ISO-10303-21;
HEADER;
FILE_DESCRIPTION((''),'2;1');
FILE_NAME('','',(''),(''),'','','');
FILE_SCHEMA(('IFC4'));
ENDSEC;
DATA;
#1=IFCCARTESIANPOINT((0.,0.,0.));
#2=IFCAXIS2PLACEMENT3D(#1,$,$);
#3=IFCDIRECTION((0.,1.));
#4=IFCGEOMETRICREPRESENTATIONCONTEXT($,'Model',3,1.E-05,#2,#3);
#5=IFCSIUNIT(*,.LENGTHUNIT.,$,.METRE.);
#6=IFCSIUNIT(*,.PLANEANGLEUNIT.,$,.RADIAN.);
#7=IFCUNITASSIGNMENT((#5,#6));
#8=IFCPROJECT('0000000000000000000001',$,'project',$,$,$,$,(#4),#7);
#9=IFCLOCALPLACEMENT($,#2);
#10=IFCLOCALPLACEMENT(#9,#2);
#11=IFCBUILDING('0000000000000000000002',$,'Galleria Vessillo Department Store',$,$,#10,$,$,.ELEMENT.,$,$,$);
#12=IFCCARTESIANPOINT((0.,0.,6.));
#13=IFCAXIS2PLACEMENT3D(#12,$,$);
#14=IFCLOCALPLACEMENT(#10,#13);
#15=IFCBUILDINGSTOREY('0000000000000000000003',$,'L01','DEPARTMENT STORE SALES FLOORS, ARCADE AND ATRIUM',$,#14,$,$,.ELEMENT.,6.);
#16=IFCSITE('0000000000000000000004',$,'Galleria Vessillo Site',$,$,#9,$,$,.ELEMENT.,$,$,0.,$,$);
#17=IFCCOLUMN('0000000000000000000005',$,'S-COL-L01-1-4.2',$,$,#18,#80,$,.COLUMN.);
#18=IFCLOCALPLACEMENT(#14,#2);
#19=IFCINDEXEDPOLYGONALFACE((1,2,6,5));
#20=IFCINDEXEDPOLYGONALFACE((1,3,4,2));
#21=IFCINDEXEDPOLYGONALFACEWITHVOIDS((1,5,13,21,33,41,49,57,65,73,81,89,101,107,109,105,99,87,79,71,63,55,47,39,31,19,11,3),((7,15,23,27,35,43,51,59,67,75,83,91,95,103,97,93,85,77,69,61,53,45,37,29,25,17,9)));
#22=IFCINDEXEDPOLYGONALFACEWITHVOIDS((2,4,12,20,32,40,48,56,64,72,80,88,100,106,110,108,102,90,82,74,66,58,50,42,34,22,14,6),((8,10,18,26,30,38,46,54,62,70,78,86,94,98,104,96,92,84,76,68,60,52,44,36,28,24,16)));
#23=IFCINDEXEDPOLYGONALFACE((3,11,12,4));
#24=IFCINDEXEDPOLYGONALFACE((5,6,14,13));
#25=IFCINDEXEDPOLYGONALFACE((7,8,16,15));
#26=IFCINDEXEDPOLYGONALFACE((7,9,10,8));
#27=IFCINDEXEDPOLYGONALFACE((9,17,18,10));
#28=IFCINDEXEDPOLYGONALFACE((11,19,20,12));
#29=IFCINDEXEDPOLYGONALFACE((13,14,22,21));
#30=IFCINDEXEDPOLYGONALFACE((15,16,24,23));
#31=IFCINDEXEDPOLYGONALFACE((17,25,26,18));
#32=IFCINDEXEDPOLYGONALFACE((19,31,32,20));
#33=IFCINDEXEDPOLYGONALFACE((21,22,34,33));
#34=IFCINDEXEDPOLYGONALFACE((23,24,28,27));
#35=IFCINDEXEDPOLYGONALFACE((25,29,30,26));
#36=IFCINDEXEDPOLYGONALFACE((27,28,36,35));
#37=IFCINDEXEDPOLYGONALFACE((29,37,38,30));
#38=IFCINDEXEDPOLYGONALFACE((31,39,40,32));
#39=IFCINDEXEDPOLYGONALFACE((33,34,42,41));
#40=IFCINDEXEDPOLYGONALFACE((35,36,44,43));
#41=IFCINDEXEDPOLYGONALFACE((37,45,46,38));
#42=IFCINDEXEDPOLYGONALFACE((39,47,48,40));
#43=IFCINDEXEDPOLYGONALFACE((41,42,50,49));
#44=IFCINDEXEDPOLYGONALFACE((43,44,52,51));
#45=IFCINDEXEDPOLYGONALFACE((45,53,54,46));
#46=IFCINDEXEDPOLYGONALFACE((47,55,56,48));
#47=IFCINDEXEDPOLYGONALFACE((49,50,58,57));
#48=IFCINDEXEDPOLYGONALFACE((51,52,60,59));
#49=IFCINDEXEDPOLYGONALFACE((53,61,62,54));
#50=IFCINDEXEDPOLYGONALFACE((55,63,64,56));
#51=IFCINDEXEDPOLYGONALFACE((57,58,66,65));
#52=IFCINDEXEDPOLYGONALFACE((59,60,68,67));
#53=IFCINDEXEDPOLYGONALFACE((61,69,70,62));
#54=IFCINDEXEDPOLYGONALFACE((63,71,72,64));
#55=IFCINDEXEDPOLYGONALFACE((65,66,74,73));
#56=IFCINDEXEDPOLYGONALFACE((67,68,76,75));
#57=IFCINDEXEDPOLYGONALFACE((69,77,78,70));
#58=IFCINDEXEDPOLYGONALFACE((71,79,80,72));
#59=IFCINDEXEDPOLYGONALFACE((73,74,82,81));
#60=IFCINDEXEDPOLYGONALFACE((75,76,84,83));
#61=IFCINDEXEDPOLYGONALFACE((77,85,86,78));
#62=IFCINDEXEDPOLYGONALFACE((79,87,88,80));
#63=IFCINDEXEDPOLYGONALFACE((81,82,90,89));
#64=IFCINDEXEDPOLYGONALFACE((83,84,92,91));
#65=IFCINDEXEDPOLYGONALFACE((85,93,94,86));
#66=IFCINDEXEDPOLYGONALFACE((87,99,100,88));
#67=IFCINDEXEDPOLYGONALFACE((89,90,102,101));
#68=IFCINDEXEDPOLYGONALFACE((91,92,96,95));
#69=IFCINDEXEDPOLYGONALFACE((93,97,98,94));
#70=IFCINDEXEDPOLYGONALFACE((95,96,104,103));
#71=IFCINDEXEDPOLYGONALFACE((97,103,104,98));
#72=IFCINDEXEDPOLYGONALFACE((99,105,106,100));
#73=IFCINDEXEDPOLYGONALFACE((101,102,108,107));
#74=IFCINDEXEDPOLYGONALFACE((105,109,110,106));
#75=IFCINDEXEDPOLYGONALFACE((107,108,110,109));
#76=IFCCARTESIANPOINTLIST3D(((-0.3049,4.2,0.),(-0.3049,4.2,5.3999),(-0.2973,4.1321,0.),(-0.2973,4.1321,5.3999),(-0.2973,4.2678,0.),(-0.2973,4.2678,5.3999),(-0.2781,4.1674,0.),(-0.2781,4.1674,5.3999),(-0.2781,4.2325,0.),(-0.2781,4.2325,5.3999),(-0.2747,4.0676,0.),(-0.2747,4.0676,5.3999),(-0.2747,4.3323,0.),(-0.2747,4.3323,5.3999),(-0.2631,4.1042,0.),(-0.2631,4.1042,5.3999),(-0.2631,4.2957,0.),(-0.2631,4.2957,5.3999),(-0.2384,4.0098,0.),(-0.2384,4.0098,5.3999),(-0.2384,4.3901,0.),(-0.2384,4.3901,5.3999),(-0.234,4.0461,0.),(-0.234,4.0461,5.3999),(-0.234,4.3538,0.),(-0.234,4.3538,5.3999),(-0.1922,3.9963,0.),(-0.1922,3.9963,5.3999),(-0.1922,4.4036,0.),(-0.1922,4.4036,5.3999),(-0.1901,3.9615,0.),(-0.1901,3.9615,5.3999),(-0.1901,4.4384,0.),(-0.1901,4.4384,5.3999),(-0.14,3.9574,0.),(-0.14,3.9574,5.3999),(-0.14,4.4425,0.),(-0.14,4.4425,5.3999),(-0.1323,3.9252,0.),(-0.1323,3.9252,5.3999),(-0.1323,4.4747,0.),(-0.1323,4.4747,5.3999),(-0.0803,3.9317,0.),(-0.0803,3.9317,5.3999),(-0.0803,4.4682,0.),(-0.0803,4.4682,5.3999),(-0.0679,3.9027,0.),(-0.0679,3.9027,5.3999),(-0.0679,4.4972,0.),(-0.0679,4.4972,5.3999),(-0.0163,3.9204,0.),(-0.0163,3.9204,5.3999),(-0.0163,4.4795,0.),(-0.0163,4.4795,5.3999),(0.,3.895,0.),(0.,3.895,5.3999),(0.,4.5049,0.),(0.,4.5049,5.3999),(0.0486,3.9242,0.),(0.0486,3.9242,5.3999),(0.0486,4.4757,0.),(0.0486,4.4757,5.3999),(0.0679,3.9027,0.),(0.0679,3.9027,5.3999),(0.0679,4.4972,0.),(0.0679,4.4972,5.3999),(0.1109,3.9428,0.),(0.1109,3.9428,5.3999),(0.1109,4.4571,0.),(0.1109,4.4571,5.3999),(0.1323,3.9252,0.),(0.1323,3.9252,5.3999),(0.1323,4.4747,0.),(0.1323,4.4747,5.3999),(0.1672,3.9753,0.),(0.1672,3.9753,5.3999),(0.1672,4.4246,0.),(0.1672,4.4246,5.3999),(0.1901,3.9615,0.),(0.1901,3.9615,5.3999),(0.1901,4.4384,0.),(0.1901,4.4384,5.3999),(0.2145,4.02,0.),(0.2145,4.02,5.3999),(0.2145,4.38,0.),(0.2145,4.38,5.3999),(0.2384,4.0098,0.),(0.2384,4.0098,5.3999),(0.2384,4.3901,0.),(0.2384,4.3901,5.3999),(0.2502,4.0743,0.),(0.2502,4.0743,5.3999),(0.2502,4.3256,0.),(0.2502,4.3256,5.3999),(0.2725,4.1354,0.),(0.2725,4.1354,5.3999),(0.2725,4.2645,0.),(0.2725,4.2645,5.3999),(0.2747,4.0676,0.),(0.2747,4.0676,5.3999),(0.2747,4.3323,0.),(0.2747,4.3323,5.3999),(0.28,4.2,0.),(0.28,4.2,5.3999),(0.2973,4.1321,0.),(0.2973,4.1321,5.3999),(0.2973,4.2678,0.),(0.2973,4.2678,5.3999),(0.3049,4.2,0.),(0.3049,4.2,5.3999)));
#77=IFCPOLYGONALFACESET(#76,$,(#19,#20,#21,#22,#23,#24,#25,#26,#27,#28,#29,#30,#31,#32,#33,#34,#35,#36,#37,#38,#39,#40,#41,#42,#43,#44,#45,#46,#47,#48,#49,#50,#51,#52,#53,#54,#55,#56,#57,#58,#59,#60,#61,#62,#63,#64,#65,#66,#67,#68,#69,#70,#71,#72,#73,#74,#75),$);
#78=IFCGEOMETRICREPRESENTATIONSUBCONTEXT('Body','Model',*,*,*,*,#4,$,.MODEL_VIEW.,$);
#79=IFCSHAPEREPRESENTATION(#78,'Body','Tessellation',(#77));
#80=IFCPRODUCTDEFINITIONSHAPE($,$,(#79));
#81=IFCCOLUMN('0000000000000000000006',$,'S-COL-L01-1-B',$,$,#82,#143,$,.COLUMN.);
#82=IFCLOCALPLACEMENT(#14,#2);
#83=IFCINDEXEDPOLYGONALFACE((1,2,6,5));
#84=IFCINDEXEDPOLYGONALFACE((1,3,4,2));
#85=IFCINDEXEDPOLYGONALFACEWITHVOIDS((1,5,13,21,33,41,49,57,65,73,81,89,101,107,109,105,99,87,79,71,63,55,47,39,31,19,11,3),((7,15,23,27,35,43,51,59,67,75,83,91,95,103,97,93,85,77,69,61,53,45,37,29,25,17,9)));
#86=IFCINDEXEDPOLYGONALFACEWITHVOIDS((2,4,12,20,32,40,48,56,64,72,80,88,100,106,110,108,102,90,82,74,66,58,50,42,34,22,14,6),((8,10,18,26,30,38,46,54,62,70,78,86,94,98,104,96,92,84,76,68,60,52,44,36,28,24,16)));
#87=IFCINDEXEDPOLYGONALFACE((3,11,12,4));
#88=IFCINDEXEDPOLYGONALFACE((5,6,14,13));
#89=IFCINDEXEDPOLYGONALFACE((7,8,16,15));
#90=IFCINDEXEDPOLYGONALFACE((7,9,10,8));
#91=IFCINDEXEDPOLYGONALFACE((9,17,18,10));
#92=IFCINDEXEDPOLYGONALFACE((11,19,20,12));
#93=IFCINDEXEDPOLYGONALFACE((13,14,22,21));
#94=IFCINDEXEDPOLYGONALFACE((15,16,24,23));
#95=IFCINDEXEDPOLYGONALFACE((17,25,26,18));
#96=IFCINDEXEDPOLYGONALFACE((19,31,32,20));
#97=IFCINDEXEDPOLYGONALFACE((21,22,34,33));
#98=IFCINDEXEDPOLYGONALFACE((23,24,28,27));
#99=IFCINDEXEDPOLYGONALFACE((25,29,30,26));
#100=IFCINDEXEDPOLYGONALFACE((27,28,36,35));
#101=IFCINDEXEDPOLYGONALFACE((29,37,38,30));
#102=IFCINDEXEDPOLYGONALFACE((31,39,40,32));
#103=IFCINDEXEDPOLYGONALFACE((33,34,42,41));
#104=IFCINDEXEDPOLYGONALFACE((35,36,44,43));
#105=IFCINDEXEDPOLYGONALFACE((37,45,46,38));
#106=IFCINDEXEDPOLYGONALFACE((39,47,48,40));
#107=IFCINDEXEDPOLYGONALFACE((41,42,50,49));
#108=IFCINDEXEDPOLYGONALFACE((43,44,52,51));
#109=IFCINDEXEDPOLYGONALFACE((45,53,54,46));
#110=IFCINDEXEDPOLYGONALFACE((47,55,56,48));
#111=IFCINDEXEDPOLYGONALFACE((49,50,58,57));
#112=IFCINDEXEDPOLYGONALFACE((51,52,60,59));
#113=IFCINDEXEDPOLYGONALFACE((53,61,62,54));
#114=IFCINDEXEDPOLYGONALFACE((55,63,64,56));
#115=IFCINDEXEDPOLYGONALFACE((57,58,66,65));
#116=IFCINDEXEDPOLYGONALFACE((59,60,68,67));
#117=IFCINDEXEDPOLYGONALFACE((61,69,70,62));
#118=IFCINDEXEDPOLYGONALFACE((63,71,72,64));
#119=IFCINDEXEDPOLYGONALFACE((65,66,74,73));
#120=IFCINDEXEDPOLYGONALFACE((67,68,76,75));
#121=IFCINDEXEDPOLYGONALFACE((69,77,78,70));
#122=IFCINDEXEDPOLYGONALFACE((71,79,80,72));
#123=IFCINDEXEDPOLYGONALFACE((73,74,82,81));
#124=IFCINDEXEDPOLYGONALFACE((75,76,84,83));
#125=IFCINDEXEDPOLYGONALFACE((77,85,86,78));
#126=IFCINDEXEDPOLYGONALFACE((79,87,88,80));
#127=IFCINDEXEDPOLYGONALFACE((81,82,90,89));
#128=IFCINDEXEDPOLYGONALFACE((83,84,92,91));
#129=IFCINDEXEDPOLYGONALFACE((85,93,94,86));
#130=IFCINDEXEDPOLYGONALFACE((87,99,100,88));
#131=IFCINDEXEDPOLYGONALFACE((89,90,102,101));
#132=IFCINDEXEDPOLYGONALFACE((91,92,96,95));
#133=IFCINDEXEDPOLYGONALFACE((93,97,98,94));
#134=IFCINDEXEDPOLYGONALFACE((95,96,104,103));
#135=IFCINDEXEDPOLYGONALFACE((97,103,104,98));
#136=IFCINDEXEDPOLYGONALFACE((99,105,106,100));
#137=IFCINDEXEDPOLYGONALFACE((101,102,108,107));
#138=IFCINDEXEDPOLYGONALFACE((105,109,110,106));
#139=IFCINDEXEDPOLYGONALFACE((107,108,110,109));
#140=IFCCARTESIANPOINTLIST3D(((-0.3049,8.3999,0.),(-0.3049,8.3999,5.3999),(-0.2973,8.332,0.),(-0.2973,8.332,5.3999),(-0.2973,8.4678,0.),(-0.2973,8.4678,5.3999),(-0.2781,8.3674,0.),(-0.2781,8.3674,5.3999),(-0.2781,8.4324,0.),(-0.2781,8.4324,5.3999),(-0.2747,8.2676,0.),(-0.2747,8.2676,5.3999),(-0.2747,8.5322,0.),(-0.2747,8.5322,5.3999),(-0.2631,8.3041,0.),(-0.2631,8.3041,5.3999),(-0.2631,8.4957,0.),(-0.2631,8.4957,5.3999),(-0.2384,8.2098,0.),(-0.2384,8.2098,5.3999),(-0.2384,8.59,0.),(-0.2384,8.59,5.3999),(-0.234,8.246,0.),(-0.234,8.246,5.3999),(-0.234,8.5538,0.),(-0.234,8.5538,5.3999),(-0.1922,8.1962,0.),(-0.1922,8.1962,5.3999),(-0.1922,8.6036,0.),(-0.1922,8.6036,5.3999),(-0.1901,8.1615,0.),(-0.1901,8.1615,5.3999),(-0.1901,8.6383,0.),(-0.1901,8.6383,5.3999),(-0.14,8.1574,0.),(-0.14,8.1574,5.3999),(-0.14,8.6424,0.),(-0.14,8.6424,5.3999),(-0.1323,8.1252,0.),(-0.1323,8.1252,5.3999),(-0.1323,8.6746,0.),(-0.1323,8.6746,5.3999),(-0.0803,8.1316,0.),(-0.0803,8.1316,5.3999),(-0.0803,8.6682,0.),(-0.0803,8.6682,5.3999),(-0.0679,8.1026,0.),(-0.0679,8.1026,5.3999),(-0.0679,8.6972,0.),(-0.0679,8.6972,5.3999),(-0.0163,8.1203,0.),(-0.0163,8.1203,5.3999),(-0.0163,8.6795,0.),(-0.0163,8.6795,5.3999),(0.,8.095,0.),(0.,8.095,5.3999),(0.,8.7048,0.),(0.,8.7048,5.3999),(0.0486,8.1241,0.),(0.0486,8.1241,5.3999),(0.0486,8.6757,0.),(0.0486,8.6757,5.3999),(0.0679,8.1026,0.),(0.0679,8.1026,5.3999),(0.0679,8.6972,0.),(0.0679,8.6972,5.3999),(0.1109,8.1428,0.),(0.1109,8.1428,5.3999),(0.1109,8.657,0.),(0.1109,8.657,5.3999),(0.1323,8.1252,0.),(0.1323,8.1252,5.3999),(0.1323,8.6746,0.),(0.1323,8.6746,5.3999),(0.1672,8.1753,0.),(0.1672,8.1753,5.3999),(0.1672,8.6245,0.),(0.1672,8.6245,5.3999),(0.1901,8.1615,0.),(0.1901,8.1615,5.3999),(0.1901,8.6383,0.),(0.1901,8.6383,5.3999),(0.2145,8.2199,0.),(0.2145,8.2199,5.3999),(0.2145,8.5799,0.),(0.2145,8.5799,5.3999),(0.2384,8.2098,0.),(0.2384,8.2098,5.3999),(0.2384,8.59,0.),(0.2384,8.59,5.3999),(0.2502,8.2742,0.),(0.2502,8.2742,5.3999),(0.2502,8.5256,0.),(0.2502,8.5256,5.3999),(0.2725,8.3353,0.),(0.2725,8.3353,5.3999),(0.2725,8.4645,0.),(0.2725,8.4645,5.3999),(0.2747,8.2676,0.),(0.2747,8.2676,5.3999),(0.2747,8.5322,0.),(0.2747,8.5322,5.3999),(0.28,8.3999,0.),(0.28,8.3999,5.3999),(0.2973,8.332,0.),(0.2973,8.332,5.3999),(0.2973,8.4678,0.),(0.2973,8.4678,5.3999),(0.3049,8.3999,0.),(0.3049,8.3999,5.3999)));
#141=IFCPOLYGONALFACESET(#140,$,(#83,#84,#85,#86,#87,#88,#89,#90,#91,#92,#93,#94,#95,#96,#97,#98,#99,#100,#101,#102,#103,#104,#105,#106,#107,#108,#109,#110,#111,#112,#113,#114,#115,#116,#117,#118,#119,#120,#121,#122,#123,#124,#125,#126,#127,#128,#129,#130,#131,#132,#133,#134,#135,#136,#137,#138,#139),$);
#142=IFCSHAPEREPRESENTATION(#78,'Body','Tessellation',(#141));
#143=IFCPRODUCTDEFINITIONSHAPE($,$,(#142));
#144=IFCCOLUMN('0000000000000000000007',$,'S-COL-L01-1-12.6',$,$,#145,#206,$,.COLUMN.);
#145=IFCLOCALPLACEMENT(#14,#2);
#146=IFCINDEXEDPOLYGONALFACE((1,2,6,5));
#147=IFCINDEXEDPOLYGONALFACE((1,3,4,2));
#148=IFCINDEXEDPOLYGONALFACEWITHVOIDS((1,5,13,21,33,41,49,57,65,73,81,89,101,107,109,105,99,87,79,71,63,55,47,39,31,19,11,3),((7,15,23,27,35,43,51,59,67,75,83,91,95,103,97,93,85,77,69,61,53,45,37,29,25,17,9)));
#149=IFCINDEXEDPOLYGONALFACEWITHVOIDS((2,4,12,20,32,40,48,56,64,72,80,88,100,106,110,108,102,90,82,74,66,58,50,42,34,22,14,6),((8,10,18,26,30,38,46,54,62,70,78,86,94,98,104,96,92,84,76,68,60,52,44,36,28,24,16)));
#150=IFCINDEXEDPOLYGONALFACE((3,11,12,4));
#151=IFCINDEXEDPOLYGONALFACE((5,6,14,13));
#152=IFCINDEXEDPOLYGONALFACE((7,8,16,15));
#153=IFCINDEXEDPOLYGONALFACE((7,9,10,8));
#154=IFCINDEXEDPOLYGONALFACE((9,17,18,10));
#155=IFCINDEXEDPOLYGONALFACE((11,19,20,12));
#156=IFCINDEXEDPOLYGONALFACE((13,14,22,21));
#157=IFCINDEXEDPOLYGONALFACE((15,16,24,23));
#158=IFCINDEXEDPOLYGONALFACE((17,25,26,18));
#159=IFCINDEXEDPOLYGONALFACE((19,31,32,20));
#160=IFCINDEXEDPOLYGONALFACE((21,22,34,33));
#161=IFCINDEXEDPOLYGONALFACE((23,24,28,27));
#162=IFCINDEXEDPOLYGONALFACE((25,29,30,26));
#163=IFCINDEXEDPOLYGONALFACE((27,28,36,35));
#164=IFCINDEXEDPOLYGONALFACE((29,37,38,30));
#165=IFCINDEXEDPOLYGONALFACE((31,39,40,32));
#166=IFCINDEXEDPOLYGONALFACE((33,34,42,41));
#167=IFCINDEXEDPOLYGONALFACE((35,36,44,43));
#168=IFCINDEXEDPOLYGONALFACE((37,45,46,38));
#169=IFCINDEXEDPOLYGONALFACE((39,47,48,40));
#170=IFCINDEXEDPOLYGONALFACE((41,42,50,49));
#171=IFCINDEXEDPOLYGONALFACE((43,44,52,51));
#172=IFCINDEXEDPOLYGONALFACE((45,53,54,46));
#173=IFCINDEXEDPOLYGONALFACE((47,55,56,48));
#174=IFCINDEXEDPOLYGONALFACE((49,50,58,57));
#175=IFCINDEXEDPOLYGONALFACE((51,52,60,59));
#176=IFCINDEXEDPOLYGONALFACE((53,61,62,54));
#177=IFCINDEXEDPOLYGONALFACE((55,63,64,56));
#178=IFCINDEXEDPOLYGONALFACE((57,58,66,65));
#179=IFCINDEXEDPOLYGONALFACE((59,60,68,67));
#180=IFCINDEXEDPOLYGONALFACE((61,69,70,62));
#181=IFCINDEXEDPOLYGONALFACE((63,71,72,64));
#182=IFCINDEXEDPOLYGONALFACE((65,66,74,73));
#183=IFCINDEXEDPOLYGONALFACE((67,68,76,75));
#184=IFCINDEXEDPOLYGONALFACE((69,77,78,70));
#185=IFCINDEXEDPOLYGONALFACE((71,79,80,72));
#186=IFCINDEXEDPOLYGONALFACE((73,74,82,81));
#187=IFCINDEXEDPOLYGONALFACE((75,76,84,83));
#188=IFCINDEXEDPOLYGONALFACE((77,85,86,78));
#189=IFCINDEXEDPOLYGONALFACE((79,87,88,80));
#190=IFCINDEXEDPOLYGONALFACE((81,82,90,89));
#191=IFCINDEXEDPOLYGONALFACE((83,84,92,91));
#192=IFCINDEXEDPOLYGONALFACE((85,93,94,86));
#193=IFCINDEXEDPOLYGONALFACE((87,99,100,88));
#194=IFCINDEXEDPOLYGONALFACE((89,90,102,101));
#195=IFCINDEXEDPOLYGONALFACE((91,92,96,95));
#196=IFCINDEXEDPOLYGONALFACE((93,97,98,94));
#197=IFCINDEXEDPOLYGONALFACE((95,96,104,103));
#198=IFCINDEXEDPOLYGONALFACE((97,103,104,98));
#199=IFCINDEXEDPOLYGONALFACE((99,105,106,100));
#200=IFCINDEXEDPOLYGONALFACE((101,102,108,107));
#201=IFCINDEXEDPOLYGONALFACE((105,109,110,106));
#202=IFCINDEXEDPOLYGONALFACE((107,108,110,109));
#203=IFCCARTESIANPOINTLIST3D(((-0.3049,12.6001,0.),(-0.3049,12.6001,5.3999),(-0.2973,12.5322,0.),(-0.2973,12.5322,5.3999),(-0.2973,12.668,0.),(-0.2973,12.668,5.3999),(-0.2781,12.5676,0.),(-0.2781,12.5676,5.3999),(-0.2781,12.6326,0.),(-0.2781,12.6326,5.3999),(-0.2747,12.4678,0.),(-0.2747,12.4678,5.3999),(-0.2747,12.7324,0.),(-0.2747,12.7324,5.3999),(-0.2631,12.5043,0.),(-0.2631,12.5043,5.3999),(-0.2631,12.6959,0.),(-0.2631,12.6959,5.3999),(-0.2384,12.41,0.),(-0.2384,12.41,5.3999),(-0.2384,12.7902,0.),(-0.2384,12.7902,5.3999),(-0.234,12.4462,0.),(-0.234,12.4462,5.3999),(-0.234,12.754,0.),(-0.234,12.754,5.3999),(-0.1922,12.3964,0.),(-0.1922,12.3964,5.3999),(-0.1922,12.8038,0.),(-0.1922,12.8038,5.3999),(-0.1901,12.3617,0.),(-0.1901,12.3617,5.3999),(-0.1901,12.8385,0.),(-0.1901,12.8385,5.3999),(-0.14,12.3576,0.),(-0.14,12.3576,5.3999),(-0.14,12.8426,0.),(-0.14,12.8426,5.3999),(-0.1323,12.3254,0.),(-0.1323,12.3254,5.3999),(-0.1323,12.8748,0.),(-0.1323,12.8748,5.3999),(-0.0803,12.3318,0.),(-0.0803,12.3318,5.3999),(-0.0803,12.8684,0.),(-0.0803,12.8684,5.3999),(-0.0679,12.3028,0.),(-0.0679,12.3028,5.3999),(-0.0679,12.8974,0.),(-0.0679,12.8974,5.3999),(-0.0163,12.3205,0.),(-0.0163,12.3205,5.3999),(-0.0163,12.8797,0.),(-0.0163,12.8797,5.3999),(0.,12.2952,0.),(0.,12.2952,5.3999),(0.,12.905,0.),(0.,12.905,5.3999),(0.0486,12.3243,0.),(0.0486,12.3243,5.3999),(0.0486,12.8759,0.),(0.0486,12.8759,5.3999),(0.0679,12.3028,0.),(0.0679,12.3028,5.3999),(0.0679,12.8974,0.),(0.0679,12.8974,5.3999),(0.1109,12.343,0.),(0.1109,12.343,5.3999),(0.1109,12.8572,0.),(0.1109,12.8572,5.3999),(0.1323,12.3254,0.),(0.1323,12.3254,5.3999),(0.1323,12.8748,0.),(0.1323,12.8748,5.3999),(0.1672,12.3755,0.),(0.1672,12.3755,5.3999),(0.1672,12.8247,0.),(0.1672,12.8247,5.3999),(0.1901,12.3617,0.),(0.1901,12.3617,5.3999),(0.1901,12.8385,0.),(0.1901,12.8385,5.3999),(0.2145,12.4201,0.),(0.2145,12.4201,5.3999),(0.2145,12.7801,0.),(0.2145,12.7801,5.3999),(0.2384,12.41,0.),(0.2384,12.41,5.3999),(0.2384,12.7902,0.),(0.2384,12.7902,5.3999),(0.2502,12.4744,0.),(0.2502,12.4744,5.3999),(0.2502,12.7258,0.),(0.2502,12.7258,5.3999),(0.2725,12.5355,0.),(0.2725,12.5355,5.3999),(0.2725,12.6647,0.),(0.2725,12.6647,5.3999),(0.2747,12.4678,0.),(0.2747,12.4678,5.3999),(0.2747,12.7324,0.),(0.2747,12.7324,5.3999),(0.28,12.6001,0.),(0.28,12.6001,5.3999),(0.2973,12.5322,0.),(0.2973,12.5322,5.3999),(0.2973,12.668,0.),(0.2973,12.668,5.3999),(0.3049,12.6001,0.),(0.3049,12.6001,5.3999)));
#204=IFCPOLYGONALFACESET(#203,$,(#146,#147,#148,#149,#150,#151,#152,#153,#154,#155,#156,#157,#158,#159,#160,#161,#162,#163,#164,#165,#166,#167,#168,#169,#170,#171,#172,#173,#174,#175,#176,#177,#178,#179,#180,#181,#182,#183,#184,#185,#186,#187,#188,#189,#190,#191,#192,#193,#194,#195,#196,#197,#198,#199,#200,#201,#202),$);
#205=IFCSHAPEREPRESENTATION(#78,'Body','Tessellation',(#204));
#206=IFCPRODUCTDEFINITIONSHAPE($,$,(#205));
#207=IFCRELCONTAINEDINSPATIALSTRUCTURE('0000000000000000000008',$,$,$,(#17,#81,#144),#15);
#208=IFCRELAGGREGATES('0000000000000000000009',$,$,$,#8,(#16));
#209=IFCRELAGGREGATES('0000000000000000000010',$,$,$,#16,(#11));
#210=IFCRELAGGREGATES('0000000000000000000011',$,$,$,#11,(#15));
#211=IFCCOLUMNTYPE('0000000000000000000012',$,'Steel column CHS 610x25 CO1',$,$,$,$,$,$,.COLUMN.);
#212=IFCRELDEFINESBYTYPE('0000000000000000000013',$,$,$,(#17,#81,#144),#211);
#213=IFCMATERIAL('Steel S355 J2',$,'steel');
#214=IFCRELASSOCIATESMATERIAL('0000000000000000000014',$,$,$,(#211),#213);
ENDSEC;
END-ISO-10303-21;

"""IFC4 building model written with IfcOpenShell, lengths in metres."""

from ifc_helpers import new_model, si_unit, direction, frame, origin, origin_2d, place, context, subcontext, project, spatial, hollow_circle, extrude, material, material_profile, profile_set, type_object, element, save


model = new_model("IFC4")

# Units and contexts
model_context = context("Model", 3, precision=1e-05, world=origin(), true_north=direction((0.0, 1.0)))
body_context = subcontext(model_context, "Body", "Model", "MODEL_VIEW")
ifc_project = project(units=[si_unit("LENGTHUNIT", "METRE"), si_unit("PLANEANGLEUNIT", "RADIAN")], contexts=[model_context])

# Site, building, storey
site_placement = place(None, origin())
site = spatial("IfcSite", under=ifc_project, at=site_placement, Name="Galleria Vessillo Site", CompositionType="ELEMENT", RefElevation=0.0)
building_placement = place(site_placement, origin())
building = spatial("IfcBuilding", under=site, at=building_placement, Name="Galleria Vessillo Department Store", CompositionType="ELEMENT")
storey_placement = place(building_placement, frame((0.0, 0.0, 6.0)))
storey = spatial("IfcBuildingStorey", under=building, at=storey_placement, Name="L01", Description="DEPARTMENT STORE SALES FLOORS, ARCADE AND ATRIUM", CompositionType="ELEMENT", Elevation=6.0)

# Columns
ifc_material_1 = material(Name="Steel S355 J2", Category="steel")
ifc_material_profile_1 = material_profile(ifc_material_1, hollow_circle(Radius=0.3049, WallThickness=0.0249, at=origin_2d()), Name="CHS 610x25")
ifc_profile_set_1 = profile_set([ifc_material_profile_1], Name="Steel S355 J2")
column_type_1 = type_object("IfcColumnType", Name="Steel column CHS 610x25 CO1", PredefinedType="COLUMN", material=ifc_profile_set_1)
for number, where, z_axis, x_axis, name in (
    (1, (0.0, 4.2, 0.0), (0.0, 0.0, 1.0), (1.0, 0.0, 0.0), "S-COL-L01-1-4.2"),
    (2, (0.0, 8.3999, 0.0), (0.0, 0.0, 1.0), (1.0, 0.0, 0.0), "S-COL-L01-1-B"),
    (3, (0.0, 12.6001, 0.0), (0.0, 0.0, 1.0), (1.0, 0.0, 0.0), "S-COL-L01-1-12.6"),
):
    element("IfcColumn", number, at=place(storey_placement, frame(where, z_axis=z_axis, x_axis=x_axis)), inside=storey, type_object=column_type_1, Name=name, PredefinedType="COLUMN", context=body_context, shape_type="SweptSolid", body=[
        extrude(hollow_circle(Radius=0.3049, WallThickness=0.0249, at=origin_2d()), origin(), (0.0, 0.0, 1.0), 5.3999),
    ])

save(model, "model.ifc")
